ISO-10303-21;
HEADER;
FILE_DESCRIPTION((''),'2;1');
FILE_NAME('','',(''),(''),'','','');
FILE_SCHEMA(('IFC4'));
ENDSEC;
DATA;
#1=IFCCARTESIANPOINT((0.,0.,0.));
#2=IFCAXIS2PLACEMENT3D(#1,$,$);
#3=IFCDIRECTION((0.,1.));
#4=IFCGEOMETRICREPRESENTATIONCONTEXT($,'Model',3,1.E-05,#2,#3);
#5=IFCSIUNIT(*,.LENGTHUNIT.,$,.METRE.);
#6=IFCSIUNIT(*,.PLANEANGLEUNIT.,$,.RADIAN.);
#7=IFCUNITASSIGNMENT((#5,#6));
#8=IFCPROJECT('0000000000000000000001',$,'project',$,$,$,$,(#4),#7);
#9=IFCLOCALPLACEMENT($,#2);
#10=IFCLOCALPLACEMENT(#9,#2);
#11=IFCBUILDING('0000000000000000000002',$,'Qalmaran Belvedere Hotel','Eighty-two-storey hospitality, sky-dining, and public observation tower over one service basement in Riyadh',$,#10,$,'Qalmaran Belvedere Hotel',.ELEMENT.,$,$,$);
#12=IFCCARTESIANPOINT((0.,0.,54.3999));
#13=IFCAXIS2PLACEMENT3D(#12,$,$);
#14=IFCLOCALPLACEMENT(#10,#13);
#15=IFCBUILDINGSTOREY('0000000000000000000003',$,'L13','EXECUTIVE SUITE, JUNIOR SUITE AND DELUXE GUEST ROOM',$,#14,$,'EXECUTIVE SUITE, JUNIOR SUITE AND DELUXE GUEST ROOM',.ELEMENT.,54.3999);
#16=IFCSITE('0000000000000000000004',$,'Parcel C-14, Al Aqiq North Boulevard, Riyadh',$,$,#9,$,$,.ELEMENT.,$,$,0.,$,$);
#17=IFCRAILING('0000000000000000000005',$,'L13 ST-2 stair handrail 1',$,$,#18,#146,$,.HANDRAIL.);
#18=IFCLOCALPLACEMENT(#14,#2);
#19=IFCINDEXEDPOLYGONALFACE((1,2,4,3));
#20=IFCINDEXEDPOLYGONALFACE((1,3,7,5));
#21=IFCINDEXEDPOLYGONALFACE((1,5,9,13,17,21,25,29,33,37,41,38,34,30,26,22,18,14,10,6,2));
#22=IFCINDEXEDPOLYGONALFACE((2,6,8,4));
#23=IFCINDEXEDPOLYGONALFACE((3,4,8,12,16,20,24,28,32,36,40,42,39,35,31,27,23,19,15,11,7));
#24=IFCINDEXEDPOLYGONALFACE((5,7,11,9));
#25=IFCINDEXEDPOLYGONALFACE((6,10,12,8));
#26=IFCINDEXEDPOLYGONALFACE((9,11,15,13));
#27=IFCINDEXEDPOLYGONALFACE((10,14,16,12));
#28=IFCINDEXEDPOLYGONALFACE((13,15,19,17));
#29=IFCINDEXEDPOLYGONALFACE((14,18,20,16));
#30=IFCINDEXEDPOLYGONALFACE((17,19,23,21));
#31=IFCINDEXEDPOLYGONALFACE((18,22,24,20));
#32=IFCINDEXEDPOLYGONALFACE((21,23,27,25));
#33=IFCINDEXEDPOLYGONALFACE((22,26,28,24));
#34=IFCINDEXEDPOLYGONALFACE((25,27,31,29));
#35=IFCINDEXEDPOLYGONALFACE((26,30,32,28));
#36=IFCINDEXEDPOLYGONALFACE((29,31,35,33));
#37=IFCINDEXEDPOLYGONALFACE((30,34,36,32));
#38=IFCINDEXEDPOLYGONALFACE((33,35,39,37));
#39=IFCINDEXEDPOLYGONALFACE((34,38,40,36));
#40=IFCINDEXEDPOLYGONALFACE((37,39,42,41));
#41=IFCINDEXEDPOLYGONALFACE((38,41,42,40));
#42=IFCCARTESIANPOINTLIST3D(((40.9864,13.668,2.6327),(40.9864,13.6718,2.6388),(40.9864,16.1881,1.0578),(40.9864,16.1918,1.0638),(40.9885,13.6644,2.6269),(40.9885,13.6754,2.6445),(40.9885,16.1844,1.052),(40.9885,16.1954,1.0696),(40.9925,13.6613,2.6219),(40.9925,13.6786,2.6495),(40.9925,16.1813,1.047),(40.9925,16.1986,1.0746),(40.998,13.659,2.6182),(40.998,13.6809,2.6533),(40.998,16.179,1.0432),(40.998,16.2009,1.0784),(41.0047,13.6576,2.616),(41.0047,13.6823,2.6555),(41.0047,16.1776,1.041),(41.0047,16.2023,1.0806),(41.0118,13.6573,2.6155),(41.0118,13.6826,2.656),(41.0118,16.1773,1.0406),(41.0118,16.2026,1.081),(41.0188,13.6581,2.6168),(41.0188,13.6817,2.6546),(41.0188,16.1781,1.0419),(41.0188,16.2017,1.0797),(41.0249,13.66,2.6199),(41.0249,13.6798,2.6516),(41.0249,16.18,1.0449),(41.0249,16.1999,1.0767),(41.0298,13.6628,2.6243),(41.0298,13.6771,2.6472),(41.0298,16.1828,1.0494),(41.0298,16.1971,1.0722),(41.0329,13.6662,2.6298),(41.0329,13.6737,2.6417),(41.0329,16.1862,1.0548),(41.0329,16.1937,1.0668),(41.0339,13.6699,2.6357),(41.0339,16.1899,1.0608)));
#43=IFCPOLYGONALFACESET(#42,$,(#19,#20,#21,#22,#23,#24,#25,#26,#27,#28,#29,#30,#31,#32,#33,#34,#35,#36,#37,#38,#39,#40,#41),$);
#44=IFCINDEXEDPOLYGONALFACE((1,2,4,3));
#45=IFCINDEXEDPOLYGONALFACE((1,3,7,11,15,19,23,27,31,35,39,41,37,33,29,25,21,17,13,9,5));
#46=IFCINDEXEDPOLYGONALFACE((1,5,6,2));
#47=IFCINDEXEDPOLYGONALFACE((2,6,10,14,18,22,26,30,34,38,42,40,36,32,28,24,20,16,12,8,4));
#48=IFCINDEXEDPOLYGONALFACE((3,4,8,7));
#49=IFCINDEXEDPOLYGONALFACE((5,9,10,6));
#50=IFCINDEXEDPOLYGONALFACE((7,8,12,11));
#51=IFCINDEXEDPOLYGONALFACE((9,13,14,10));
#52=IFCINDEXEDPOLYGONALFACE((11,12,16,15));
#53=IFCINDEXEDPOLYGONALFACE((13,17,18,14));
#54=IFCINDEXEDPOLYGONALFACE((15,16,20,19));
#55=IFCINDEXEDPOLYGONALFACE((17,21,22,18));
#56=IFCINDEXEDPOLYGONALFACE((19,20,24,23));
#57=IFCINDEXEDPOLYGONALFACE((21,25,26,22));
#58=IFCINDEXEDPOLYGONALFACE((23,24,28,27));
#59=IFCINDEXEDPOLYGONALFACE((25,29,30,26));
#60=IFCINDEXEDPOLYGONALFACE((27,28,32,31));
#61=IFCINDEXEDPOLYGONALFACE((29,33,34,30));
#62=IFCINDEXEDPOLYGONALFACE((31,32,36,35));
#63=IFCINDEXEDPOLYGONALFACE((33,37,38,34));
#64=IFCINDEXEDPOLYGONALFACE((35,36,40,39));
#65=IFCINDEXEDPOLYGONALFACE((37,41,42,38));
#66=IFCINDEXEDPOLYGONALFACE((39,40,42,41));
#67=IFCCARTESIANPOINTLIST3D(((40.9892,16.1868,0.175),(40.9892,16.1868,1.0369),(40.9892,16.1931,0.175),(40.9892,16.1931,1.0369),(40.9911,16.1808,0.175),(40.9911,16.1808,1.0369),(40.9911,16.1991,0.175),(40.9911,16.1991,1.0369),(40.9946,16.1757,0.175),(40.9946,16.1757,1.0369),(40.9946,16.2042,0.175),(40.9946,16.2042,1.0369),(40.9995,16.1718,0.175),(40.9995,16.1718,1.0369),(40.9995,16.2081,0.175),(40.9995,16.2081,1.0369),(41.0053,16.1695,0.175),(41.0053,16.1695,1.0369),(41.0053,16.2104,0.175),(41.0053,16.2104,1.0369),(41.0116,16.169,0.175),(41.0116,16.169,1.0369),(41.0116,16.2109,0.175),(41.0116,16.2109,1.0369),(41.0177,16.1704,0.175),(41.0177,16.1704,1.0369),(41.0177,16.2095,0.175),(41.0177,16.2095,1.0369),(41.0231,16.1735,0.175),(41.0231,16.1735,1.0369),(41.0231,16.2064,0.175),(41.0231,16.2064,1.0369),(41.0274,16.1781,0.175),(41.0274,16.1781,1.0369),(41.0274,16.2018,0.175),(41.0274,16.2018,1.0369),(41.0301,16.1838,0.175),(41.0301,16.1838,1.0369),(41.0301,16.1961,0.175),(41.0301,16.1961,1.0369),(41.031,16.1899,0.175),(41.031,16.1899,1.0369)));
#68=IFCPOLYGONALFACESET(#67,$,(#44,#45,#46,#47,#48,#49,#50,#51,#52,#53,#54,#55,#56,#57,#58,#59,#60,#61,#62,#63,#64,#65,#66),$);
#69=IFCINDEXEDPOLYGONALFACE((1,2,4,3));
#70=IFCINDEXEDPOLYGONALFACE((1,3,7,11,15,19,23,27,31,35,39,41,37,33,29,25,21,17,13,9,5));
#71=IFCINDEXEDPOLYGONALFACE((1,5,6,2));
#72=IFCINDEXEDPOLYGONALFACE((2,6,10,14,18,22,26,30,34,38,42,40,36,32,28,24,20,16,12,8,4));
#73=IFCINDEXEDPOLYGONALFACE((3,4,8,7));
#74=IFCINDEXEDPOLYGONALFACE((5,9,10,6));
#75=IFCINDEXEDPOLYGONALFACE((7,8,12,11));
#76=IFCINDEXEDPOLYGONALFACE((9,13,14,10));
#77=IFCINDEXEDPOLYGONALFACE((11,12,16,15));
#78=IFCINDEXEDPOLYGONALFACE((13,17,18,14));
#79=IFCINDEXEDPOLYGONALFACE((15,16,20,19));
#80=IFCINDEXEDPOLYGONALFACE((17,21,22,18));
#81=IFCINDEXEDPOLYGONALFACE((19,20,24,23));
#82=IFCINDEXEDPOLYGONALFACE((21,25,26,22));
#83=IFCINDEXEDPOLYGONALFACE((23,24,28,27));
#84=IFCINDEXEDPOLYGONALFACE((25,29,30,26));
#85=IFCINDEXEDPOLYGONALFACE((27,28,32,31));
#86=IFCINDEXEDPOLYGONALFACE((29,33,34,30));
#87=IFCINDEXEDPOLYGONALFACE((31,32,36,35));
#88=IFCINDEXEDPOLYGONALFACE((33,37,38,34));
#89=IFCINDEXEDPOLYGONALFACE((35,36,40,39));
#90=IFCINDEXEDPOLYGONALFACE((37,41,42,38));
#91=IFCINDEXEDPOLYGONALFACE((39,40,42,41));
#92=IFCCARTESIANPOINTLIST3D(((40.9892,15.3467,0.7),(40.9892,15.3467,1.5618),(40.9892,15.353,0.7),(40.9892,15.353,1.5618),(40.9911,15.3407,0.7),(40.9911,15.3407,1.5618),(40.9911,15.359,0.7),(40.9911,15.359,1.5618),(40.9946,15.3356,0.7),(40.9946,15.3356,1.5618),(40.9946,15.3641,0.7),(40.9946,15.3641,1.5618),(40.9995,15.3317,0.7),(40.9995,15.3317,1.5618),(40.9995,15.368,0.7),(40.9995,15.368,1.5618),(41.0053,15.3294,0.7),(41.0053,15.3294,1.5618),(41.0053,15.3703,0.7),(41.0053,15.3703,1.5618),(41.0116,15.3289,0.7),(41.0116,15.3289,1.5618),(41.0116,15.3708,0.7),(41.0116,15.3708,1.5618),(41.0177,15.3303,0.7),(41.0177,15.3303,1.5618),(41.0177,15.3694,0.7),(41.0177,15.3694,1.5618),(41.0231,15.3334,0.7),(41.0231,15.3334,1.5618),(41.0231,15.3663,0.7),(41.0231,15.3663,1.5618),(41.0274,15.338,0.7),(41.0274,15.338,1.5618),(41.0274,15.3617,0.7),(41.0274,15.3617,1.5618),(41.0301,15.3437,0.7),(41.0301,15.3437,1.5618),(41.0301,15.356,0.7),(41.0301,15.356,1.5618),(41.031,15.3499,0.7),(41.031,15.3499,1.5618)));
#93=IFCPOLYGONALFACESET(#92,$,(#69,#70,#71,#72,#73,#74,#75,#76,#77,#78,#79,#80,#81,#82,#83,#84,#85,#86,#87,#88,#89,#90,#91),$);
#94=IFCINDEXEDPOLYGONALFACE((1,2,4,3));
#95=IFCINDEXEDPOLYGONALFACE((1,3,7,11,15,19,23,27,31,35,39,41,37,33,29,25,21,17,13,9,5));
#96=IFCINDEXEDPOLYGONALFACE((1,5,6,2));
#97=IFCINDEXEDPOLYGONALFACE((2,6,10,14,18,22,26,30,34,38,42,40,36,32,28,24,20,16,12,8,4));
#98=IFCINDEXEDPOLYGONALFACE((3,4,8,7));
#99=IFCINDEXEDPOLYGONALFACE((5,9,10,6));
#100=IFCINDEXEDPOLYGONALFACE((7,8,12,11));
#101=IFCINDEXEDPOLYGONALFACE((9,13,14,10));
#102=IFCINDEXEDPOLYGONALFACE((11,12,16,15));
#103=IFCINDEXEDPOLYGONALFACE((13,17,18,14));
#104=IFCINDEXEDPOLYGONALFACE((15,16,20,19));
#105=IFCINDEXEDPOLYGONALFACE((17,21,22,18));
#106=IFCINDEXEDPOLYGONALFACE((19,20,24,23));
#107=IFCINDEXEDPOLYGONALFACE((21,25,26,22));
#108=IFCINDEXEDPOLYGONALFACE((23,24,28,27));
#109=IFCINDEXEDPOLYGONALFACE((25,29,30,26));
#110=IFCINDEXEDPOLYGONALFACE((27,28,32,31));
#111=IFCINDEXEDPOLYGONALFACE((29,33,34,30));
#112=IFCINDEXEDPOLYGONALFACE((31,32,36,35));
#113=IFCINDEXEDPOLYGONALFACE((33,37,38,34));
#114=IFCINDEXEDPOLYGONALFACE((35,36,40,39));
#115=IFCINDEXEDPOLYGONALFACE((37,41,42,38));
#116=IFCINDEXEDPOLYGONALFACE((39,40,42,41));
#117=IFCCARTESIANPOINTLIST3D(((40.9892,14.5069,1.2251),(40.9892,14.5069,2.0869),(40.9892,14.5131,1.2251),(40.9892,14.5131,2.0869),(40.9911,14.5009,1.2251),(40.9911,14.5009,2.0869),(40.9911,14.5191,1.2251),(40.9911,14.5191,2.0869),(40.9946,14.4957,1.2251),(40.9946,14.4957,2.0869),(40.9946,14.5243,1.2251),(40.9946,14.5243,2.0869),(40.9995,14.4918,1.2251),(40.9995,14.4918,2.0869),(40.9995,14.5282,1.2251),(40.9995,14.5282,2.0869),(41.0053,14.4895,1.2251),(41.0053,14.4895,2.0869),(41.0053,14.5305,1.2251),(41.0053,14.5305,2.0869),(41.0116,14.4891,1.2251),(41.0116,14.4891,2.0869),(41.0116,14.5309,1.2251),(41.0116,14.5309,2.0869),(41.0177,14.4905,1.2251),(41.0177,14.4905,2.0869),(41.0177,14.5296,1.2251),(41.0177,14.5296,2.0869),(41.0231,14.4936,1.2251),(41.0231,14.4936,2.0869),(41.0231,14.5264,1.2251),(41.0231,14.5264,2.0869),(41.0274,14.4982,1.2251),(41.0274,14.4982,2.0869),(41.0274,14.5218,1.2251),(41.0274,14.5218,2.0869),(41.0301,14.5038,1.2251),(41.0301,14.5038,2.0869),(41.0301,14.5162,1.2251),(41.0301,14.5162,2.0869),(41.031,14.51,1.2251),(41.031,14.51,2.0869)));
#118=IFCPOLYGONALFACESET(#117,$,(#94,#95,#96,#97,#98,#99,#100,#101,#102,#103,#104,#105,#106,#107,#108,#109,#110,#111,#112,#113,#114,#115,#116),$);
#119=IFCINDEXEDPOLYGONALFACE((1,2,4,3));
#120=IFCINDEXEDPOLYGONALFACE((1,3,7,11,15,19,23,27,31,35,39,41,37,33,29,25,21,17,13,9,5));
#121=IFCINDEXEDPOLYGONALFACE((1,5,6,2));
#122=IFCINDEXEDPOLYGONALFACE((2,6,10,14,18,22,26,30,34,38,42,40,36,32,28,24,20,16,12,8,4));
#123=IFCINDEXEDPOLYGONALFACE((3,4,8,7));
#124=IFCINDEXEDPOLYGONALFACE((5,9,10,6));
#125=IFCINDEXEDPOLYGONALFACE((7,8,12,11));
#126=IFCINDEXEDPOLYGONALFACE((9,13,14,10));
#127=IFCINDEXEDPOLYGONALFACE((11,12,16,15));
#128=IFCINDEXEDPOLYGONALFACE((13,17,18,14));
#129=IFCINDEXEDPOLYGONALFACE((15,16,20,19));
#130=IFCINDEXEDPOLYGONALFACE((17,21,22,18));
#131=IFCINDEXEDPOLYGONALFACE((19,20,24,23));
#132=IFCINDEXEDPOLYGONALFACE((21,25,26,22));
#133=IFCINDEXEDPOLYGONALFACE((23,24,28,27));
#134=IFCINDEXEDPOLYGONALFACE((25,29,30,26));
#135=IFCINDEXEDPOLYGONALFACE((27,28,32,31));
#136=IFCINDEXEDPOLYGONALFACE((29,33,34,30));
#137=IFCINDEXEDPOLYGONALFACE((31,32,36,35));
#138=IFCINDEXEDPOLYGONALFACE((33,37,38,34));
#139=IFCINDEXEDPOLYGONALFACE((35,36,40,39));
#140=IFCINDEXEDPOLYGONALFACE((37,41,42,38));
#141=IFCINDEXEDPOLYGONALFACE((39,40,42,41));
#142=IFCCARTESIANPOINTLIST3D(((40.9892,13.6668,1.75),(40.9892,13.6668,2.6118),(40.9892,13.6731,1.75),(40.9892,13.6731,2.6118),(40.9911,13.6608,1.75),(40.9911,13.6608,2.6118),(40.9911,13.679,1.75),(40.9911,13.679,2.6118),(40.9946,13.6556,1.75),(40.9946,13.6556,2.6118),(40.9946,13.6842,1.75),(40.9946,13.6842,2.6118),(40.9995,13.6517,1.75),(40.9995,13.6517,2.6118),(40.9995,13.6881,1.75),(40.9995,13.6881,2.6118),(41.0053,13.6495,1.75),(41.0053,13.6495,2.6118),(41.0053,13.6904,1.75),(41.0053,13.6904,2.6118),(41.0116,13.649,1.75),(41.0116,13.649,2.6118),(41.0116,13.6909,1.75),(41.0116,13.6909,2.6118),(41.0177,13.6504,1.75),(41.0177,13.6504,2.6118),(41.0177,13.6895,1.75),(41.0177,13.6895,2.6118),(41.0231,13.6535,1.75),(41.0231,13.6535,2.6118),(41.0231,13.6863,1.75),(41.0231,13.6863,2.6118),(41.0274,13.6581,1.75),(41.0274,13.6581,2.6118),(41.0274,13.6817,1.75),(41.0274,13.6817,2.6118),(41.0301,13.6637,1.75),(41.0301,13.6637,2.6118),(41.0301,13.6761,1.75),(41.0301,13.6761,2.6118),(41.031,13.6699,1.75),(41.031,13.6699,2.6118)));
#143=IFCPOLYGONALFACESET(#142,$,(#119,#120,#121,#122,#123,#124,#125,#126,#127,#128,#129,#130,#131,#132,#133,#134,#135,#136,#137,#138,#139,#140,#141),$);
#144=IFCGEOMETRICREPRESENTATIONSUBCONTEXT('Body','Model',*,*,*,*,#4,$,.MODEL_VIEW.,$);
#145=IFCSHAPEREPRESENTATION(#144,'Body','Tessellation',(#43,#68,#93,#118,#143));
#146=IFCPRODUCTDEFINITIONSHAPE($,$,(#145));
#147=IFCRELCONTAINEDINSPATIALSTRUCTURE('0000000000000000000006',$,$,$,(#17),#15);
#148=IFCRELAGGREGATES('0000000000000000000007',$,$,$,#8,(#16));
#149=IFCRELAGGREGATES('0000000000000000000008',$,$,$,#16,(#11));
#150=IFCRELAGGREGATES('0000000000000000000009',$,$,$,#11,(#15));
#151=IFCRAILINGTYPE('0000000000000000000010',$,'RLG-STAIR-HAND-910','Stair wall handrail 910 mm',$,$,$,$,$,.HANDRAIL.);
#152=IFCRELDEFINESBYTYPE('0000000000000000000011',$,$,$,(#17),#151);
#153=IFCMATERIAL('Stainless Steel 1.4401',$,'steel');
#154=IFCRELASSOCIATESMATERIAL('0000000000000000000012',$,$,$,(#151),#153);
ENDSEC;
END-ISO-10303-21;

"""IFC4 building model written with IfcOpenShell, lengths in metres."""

from ifc_helpers import new_model, si_unit, direction, frame, origin, origin_2d, place, context, subcontext, project, spatial, circle, extrude, material, type_object, element, save


model = new_model("IFC4")

# Units and contexts
model_context = context("Model", 3, precision=1e-05, world=origin(), true_north=direction((0.0, 1.0)))
body_context = subcontext(model_context, "Body", "Model", "MODEL_VIEW")
ifc_project = project(units=[si_unit("LENGTHUNIT", "METRE"), si_unit("PLANEANGLEUNIT", "RADIAN")], contexts=[model_context])

# Site, building, storey
site_placement = place(None, origin())
site = spatial("IfcSite", under=ifc_project, at=site_placement, Name="Parcel C-14, Al Aqiq North Boulevard, Riyadh", CompositionType="ELEMENT", RefElevation=0.0)
building_placement = place(site_placement, origin())
building = spatial("IfcBuilding", under=site, at=building_placement, Name="Qalmaran Belvedere Hotel", Description="Eighty-two-storey hospitality, sky-dining, and public observation tower over one service basement in Riyadh", LongName="Qalmaran Belvedere Hotel", CompositionType="ELEMENT")
storey_placement = place(building_placement, frame((0.0, 0.0, 54.3999)))
storey = spatial("IfcBuildingStorey", under=building, at=storey_placement, Name="L13", Description="EXECUTIVE SUITE, JUNIOR SUITE AND DELUXE GUEST ROOM", LongName="EXECUTIVE SUITE, JUNIOR SUITE AND DELUXE GUEST ROOM", CompositionType="ELEMENT", Elevation=54.3999)

# Shared definitions
ifc_material_1 = material(Name="Stainless Steel 1.4401", Category="steel")

# Railing
railing_type_1 = type_object("IfcRailingType", Name="RLG-STAIR-HAND-910", Description="Stair wall handrail 910 mm", PredefinedType="HANDRAIL", material=ifc_material_1)
railing_1_placement = place(storey_placement, frame((41.01, 16.1899, 0.175)))
element("IfcRailing", 1, at=railing_1_placement, inside=storey, type_object=railing_type_1, Name="L13 ST-2 stair handrail 1", PredefinedType="HANDRAIL", context=body_context, shape_type="SweptSolid", body=[
    extrude(circle(Radius=0.0239, at=origin_2d()), frame((0.0, 0.0, 0.8857), z_axis=(0.0, -0.848008, 0.529984), x_axis=(1.0, 0.0, 0.0)), (0.0, 0.0, 1.0), 2.9717),
    extrude(circle(Radius=0.021, at=origin_2d()), origin(), (0.0, 0.0, 1.0), 0.8618),
    extrude(circle(Radius=0.021, at=origin_2d()), frame((0.0, -0.8401, 0.5249)), (0.0, 0.0, 1.0), 0.8618),
    extrude(circle(Radius=0.021, at=origin_2d()), frame((0.0, -1.6799, 1.05)), (0.0, 0.0, 1.0), 0.8618),
    extrude(circle(Radius=0.021, at=origin_2d()), frame((0.0, -2.52, 1.575)), (0.0, 0.0, 1.0), 0.8618),
])

save(model, "model.ifc")
